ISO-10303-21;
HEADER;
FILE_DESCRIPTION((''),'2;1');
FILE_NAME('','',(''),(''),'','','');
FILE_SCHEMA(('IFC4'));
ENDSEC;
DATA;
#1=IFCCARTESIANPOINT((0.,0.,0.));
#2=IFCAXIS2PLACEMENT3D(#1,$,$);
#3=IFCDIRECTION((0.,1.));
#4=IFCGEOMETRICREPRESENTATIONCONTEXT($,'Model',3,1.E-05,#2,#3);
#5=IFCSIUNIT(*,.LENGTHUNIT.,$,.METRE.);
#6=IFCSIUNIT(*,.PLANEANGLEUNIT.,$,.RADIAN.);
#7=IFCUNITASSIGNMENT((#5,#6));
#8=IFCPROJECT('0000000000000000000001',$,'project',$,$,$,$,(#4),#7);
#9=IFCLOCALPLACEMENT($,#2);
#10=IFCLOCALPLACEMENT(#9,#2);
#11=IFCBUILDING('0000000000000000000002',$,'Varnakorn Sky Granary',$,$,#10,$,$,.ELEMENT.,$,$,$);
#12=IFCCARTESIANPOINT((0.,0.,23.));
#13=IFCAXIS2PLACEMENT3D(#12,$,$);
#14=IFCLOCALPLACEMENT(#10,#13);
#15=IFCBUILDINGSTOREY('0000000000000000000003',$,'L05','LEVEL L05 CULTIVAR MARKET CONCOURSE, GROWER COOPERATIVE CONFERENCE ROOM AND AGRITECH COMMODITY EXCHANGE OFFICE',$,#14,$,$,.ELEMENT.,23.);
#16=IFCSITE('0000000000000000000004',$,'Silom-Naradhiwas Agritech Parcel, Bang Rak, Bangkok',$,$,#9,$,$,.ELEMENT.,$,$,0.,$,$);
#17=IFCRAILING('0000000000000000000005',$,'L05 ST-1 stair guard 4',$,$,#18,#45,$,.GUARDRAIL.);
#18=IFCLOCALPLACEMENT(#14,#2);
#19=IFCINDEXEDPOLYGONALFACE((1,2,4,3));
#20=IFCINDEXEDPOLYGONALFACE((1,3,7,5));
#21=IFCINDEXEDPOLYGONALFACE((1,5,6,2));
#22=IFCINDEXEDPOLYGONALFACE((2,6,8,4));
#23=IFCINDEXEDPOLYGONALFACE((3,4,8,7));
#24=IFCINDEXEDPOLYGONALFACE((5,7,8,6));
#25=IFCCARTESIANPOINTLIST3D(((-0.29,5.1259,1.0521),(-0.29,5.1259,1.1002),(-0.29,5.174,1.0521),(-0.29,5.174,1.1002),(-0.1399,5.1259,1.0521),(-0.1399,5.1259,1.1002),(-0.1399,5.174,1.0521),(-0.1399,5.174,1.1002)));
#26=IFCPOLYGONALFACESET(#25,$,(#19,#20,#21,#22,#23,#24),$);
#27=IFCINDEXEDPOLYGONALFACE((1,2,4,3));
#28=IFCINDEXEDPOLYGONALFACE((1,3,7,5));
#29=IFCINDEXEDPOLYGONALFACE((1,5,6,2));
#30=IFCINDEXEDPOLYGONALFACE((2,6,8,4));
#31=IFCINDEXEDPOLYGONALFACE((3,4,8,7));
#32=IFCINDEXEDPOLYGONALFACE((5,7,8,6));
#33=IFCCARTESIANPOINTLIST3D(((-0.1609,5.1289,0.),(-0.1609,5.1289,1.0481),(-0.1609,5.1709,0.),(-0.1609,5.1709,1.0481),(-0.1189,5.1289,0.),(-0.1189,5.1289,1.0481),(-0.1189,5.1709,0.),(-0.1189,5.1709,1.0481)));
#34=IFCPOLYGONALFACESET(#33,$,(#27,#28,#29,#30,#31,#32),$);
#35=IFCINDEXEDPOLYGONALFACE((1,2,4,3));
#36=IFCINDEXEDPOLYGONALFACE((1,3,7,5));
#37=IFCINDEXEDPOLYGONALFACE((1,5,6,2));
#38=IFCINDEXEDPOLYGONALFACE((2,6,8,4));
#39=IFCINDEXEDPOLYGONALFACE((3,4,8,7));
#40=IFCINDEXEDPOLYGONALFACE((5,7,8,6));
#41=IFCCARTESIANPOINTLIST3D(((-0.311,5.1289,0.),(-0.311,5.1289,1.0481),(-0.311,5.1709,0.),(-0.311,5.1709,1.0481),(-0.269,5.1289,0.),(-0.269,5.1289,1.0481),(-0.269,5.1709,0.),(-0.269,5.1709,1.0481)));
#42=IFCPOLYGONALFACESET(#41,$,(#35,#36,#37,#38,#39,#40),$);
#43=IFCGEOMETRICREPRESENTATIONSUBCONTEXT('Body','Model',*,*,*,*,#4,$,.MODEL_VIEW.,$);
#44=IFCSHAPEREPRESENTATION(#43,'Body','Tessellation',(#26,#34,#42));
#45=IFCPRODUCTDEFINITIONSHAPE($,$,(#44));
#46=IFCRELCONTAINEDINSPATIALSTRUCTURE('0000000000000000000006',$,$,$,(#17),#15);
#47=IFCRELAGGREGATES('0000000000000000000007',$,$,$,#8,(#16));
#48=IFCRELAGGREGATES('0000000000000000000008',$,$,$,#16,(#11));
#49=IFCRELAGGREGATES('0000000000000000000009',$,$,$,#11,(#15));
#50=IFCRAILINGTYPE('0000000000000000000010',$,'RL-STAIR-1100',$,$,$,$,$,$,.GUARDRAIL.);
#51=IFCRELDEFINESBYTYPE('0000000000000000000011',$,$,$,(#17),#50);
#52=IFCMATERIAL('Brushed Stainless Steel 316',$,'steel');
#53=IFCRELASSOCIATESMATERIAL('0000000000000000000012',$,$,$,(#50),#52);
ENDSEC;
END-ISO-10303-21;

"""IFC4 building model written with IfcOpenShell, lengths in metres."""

from ifc_helpers import new_model, si_unit, direction, frame, origin, origin_2d, place, context, subcontext, project, spatial, rectangle, extrude, material, type_object, element, save


model = new_model("IFC4")

# Units and contexts
model_context = context("Model", 3, precision=1e-05, world=origin(), true_north=direction((0.0, 1.0)))
body_context = subcontext(model_context, "Body", "Model", "MODEL_VIEW")
ifc_project = project(units=[si_unit("LENGTHUNIT", "METRE"), si_unit("PLANEANGLEUNIT", "RADIAN")], contexts=[model_context])

# Site, building, storey
site_placement = place(None, origin())
site = spatial("IfcSite", under=ifc_project, at=site_placement, Name="Silom-Naradhiwas Agritech Parcel, Bang Rak, Bangkok", CompositionType="ELEMENT", RefElevation=0.0)
building_placement = place(site_placement, origin())
building = spatial("IfcBuilding", under=site, at=building_placement, Name="Varnakorn Sky Granary", CompositionType="ELEMENT")
storey_placement = place(building_placement, frame((0.0, 0.0, 23.0)))
storey = spatial("IfcBuildingStorey", under=building, at=storey_placement, Name="L05", Description="LEVEL L05 CULTIVAR MARKET CONCOURSE, GROWER COOPERATIVE CONFERENCE ROOM AND AGRITECH COMMODITY EXCHANGE OFFICE", CompositionType="ELEMENT", Elevation=23.0)

# Railing
ifc_material_1 = material(Name="Brushed Stainless Steel 316", Category="steel")
railing_type = type_object("IfcRailingType", Name="RL-STAIR-1100", PredefinedType="GUARDRAIL", material=ifc_material_1)
railing_1_placement = place(storey_placement, frame((-0.1399, 5.1499, 0.0)))
element("IfcRailing", 1, at=railing_1_placement, inside=storey, type_object=railing_type, Name="L05 ST-1 stair guard 4", PredefinedType="GUARDRAIL", context=body_context, shape_type="SweptSolid", body=[
    extrude(rectangle(XDim=0.0481, YDim=0.0481, at=origin_2d()), frame((0.0, 0.0, 1.0762), z_axis=(-1.0, 0.0, 0.0), x_axis=(0.0, -1.0, 0.0)), (0.0, 0.0, 1.0), 0.1501),
    extrude(rectangle(XDim=0.042, YDim=0.042, at=origin_2d()), origin(), (0.0, 0.0, 1.0), 1.0481),
    extrude(rectangle(XDim=0.042, YDim=0.042, at=origin_2d()), frame((-0.1501, 0.0, 0.0)), (0.0, 0.0, 1.0), 1.0481),
])

save(model, "model.ifc")
